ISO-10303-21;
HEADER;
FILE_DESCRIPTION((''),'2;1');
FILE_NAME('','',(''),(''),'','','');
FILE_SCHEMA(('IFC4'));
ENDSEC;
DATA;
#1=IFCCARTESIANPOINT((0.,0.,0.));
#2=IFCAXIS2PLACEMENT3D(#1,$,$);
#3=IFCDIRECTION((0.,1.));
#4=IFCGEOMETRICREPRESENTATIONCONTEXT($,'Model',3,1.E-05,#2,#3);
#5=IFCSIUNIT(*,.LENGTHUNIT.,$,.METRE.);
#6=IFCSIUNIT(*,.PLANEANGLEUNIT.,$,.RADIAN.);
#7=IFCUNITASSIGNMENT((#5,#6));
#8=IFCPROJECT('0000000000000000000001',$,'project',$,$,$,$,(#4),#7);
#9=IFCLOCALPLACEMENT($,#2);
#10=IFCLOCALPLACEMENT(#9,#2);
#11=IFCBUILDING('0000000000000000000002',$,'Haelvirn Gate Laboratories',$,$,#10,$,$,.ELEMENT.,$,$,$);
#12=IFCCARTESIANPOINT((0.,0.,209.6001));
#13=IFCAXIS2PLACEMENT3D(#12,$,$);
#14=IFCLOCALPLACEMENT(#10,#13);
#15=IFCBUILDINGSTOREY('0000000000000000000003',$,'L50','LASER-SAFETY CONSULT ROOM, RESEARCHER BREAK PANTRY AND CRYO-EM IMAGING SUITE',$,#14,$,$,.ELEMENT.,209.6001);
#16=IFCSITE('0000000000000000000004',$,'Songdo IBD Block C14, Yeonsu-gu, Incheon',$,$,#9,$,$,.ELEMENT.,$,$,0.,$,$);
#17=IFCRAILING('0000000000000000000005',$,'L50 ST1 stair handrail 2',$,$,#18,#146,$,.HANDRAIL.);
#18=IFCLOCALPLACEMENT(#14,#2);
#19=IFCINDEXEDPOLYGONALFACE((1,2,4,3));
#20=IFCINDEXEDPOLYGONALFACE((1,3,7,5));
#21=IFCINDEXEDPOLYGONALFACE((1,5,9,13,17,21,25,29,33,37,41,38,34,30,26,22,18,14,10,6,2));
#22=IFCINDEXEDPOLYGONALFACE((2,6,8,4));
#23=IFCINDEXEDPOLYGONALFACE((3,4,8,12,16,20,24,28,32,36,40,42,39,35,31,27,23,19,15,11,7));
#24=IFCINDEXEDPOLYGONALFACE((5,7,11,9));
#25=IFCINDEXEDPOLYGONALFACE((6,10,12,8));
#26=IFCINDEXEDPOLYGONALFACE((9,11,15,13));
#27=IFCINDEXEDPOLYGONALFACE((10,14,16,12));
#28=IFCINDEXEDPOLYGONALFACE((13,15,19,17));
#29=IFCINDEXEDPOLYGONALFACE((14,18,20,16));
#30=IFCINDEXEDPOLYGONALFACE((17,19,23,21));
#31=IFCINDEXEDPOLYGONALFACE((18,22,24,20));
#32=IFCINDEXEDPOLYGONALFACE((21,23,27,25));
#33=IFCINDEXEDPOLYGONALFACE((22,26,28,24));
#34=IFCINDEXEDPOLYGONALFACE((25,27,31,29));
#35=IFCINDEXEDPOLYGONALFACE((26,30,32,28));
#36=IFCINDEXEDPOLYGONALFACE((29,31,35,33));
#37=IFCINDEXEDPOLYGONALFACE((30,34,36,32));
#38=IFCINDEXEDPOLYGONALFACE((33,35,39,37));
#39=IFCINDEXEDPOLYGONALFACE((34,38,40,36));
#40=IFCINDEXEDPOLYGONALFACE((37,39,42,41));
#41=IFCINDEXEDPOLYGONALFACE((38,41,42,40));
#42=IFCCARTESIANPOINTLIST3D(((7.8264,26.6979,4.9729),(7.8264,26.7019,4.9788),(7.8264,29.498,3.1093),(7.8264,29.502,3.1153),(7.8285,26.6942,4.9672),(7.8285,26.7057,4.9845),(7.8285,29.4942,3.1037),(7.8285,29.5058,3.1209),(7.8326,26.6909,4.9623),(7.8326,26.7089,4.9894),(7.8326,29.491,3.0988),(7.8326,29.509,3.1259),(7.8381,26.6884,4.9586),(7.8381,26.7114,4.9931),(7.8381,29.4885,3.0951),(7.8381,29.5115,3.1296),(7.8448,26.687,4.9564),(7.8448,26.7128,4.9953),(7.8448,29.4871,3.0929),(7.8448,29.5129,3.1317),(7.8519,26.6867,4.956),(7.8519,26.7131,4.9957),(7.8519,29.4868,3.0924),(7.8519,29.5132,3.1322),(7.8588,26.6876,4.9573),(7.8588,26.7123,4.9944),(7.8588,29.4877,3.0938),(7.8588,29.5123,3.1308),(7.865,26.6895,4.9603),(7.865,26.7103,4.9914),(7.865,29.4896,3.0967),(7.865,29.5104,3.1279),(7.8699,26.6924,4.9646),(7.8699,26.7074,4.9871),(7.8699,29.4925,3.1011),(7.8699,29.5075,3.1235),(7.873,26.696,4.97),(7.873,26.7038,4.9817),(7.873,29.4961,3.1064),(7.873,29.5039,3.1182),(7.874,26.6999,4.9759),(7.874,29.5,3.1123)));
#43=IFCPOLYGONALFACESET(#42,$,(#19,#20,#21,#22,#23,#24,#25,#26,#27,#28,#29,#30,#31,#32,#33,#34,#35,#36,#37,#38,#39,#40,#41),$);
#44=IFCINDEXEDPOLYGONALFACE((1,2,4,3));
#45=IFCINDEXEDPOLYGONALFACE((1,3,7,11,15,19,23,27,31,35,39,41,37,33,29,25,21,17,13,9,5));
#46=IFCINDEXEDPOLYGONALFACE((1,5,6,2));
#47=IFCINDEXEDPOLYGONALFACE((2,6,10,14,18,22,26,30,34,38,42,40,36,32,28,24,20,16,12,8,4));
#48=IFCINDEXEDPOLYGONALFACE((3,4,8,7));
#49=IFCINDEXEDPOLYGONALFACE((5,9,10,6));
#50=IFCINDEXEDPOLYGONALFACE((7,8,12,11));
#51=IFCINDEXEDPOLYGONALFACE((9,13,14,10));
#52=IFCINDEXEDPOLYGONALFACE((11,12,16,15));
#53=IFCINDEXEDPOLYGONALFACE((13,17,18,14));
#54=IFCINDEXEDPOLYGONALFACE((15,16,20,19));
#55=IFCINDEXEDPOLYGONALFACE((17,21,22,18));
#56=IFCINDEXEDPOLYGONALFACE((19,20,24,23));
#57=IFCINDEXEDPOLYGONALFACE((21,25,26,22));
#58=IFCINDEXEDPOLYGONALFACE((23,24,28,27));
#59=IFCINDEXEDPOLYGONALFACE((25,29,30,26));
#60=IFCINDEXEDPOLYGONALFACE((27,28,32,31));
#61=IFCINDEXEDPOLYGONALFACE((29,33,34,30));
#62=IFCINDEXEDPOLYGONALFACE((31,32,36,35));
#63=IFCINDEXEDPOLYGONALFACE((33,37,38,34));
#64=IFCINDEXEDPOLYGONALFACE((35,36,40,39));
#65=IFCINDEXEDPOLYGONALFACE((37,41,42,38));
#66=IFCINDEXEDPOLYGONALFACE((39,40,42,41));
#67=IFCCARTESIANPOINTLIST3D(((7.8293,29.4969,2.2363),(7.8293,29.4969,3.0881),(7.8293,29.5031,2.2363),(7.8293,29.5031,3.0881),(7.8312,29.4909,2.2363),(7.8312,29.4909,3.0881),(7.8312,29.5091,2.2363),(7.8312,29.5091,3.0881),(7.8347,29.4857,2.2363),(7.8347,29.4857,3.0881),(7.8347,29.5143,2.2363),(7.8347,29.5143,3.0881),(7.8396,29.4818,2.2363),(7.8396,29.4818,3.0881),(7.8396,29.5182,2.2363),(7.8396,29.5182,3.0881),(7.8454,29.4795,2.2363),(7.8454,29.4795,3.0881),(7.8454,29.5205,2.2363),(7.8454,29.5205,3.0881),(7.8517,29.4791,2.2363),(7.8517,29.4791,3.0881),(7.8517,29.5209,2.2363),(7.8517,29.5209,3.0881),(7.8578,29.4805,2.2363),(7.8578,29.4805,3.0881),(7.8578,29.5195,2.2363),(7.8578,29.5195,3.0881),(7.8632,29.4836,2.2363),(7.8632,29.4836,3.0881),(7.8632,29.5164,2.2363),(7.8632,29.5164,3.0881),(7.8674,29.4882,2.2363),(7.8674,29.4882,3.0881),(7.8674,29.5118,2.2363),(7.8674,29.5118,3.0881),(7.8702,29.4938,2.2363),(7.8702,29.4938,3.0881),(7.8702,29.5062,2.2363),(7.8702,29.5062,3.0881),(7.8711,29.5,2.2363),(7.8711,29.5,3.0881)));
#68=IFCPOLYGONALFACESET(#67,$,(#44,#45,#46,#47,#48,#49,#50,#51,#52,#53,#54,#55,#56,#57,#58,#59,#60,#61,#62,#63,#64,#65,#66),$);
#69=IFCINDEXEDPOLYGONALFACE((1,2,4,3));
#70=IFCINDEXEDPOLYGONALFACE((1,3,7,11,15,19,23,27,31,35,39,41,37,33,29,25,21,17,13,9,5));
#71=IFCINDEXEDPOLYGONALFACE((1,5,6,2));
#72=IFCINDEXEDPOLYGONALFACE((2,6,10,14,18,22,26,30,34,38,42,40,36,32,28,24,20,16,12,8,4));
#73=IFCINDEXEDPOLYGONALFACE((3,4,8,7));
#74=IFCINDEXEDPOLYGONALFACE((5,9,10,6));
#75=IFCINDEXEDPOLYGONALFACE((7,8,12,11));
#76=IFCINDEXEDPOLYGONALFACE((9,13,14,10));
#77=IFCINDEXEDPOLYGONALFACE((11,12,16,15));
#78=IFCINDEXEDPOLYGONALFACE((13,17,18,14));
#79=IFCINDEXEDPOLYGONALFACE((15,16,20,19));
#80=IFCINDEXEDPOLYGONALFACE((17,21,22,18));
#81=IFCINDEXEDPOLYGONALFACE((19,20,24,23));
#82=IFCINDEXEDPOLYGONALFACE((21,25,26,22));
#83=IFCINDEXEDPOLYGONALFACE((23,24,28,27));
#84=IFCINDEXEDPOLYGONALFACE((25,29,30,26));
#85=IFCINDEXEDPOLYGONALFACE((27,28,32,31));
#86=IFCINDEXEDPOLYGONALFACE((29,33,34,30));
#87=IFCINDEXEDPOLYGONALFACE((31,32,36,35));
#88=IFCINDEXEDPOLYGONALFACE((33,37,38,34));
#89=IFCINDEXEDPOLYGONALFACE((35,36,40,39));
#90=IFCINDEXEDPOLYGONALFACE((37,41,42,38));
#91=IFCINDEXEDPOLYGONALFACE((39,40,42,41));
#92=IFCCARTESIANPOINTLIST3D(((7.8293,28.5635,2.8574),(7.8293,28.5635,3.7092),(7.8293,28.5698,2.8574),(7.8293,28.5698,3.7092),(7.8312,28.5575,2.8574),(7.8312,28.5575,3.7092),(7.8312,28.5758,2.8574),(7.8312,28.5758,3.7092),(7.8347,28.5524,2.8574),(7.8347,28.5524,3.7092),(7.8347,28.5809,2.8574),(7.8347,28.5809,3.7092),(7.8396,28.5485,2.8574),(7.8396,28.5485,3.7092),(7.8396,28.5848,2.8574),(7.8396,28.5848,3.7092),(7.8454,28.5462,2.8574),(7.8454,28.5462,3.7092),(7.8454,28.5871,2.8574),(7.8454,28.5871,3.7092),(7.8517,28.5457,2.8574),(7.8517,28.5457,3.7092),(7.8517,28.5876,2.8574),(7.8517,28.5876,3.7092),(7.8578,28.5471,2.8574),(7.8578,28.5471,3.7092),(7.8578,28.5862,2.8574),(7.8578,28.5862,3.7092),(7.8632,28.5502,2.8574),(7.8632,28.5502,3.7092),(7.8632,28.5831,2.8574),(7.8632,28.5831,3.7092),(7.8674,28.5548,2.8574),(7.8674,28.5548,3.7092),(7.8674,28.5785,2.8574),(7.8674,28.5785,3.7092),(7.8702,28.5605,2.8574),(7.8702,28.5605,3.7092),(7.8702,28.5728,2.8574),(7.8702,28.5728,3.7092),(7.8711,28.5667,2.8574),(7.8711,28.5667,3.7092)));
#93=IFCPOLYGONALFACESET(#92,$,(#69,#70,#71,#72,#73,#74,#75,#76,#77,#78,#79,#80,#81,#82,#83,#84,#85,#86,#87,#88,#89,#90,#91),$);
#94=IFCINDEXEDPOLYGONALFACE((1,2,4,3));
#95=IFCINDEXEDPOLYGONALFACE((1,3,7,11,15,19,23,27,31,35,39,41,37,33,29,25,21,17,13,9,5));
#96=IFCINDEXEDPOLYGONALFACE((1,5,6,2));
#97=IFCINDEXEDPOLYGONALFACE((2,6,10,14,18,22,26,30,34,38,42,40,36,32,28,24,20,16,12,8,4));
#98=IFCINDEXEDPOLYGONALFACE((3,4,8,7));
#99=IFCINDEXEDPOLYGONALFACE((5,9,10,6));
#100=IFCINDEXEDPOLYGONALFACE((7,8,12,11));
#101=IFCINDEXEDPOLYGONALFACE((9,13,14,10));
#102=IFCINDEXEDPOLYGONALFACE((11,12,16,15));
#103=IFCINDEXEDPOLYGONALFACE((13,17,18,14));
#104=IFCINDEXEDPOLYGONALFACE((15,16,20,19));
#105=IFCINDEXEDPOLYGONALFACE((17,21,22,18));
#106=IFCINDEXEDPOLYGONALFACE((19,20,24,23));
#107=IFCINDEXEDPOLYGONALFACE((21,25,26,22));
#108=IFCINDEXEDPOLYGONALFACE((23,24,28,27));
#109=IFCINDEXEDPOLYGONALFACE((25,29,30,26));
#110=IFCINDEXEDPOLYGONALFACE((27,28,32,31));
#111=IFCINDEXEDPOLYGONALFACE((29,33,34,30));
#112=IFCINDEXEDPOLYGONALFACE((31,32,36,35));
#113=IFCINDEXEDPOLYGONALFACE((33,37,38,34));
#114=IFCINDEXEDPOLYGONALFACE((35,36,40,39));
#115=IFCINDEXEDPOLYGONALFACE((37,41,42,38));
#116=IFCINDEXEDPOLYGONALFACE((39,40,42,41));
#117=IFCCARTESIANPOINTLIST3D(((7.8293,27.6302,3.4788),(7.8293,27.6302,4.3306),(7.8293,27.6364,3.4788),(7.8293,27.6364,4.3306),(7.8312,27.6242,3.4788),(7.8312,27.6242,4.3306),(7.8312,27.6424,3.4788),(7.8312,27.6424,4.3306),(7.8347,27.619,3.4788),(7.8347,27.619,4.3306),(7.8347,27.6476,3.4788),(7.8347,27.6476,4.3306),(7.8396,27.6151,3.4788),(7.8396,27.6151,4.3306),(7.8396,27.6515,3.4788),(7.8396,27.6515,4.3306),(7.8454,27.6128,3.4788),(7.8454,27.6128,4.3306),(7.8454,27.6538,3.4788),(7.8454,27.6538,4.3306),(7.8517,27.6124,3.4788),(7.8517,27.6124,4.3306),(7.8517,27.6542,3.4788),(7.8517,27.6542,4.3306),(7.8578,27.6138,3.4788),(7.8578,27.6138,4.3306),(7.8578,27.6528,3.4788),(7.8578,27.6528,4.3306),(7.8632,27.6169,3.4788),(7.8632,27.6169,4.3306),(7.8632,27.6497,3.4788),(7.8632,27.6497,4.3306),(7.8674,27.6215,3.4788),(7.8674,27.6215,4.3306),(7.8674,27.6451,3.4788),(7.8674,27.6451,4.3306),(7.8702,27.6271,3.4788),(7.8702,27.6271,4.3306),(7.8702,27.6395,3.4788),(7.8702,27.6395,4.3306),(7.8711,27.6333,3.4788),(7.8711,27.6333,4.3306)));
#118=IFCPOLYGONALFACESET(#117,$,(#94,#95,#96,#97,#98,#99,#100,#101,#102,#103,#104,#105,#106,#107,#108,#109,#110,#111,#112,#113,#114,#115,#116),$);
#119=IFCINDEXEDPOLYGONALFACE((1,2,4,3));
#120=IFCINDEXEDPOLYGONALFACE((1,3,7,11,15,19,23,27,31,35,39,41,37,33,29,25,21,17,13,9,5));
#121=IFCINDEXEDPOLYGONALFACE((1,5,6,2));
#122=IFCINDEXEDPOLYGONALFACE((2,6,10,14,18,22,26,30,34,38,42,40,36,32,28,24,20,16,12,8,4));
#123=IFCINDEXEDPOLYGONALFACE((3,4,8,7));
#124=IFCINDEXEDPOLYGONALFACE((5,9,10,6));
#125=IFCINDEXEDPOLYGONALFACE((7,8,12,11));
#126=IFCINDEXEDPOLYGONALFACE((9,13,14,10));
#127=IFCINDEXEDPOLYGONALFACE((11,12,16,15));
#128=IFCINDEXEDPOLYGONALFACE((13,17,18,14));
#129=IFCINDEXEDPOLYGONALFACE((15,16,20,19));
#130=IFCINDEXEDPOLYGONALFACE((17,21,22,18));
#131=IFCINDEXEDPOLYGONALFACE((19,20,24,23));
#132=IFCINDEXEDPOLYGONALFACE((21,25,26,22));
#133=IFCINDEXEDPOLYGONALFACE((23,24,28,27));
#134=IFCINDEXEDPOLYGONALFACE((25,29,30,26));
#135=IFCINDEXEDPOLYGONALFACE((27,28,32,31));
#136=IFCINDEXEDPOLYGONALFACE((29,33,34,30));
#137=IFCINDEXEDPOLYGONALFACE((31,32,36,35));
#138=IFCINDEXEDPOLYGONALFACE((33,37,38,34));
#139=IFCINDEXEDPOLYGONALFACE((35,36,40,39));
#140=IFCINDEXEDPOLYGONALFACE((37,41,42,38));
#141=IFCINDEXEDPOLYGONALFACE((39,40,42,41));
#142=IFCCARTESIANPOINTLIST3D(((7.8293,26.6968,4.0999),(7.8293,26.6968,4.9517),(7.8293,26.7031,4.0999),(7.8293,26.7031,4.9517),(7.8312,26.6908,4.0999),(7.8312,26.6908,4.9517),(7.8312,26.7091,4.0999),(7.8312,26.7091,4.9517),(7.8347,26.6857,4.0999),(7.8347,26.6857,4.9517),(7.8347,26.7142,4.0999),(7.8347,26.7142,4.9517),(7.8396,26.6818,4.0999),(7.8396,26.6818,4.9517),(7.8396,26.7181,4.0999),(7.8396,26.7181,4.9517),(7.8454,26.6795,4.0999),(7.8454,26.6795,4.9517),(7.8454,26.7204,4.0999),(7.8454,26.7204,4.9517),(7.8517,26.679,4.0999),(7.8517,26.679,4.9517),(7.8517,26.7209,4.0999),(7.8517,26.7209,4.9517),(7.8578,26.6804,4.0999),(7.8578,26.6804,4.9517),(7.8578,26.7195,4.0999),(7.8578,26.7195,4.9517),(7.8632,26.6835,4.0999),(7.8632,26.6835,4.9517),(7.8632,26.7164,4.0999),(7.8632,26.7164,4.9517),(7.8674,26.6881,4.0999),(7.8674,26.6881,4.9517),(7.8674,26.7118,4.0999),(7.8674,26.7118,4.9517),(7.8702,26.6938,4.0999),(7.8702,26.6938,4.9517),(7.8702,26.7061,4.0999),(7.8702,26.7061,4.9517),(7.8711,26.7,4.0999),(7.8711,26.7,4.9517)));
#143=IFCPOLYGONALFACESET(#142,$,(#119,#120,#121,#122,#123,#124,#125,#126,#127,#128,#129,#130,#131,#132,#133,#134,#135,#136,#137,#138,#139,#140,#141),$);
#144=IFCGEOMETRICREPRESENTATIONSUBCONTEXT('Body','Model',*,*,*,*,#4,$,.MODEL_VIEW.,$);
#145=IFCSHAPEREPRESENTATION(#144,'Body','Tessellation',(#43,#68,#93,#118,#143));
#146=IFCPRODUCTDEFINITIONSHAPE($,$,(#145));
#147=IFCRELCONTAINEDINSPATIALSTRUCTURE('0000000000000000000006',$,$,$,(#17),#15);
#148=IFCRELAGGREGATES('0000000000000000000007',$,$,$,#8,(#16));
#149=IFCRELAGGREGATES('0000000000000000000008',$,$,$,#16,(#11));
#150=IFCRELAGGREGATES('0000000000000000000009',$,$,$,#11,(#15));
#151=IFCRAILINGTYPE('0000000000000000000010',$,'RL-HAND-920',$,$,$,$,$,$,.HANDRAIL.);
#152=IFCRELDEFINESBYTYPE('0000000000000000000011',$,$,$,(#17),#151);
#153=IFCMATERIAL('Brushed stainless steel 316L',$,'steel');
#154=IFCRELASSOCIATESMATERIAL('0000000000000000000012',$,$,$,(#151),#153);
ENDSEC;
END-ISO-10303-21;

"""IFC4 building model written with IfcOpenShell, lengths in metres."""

from ifc_helpers import new_model, si_unit, direction, frame, origin, origin_2d, place, context, subcontext, project, spatial, circle, extrude, source, transform, mapped, material, type_object, element, save


model = new_model("IFC4")

# Units and contexts
model_context = context("Model", 3, precision=1e-05, world=origin(), true_north=direction((0.0, 1.0)))
body_context = subcontext(model_context, "Body", "Model", "MODEL_VIEW")
ifc_project = project(units=[si_unit("LENGTHUNIT", "METRE"), si_unit("PLANEANGLEUNIT", "RADIAN")], contexts=[model_context])

# Site, building, storey
site_placement = place(None, origin())
site = spatial("IfcSite", under=ifc_project, at=site_placement, Name="Songdo IBD Block C14, Yeonsu-gu, Incheon", CompositionType="ELEMENT", RefElevation=0.0)
building_placement = place(site_placement, origin())
building = spatial("IfcBuilding", under=site, at=building_placement, Name="Haelvirn Gate Laboratories", CompositionType="ELEMENT")
storey_placement = place(building_placement, frame((0.0, 0.0, 209.6001)))
storey = spatial("IfcBuildingStorey", under=building, at=storey_placement, Name="L50", Description="LASER-SAFETY CONSULT ROOM, RESEARCHER BREAK PANTRY AND CRYO-EM IMAGING SUITE", CompositionType="ELEMENT", Elevation=209.6001)

# Railing
ifc_material_1 = material(Name="Brushed stainless steel 316L", Category="steel")
railing_type_1 = type_object("IfcRailingType", Name="RL-HAND-920", PredefinedType="HANDRAIL", material=ifc_material_1)
shared_shape_1 = source(origin(), body_context, "Body", "SweptSolid", [
    extrude(circle(Radius=0.0239, at=origin_2d()), frame((0.0, 0.0, 0.876), z_axis=(0.0, -0.832486, 0.554047), x_axis=(1.0, 0.0, 0.0)), (0.0, 0.0, 1.0), 3.3635),
    extrude(circle(Radius=0.021, at=origin_2d()), origin(), (0.0, 0.0, 1.0), 0.8518),
    extrude(circle(Radius=0.021, at=origin_2d()), frame((0.0, -0.9333, 0.6211)), (0.0, 0.0, 1.0), 0.8518),
    extrude(circle(Radius=0.021, at=origin_2d()), frame((0.0, -1.8667, 1.2424)), (0.0, 0.0, 1.0), 0.8518),
    extrude(circle(Radius=0.021, at=origin_2d()), frame((0.0, -2.8, 1.8635)), (0.0, 0.0, 1.0), 0.8518),
])
railing_1_placement = place(storey_placement, frame((7.8501, 29.5, 2.2363)))
element("IfcRailing", 1, at=railing_1_placement, inside=storey, type_object=railing_type_1, Name="L50 ST1 stair handrail 2", PredefinedType="HANDRAIL", context=body_context, shape_type="MappedRepresentation", body=[
    mapped(shared_shape_1, transform((0.0, 0.0, 0.0), scale=1.0)),
])

save(model, "model.ifc")
